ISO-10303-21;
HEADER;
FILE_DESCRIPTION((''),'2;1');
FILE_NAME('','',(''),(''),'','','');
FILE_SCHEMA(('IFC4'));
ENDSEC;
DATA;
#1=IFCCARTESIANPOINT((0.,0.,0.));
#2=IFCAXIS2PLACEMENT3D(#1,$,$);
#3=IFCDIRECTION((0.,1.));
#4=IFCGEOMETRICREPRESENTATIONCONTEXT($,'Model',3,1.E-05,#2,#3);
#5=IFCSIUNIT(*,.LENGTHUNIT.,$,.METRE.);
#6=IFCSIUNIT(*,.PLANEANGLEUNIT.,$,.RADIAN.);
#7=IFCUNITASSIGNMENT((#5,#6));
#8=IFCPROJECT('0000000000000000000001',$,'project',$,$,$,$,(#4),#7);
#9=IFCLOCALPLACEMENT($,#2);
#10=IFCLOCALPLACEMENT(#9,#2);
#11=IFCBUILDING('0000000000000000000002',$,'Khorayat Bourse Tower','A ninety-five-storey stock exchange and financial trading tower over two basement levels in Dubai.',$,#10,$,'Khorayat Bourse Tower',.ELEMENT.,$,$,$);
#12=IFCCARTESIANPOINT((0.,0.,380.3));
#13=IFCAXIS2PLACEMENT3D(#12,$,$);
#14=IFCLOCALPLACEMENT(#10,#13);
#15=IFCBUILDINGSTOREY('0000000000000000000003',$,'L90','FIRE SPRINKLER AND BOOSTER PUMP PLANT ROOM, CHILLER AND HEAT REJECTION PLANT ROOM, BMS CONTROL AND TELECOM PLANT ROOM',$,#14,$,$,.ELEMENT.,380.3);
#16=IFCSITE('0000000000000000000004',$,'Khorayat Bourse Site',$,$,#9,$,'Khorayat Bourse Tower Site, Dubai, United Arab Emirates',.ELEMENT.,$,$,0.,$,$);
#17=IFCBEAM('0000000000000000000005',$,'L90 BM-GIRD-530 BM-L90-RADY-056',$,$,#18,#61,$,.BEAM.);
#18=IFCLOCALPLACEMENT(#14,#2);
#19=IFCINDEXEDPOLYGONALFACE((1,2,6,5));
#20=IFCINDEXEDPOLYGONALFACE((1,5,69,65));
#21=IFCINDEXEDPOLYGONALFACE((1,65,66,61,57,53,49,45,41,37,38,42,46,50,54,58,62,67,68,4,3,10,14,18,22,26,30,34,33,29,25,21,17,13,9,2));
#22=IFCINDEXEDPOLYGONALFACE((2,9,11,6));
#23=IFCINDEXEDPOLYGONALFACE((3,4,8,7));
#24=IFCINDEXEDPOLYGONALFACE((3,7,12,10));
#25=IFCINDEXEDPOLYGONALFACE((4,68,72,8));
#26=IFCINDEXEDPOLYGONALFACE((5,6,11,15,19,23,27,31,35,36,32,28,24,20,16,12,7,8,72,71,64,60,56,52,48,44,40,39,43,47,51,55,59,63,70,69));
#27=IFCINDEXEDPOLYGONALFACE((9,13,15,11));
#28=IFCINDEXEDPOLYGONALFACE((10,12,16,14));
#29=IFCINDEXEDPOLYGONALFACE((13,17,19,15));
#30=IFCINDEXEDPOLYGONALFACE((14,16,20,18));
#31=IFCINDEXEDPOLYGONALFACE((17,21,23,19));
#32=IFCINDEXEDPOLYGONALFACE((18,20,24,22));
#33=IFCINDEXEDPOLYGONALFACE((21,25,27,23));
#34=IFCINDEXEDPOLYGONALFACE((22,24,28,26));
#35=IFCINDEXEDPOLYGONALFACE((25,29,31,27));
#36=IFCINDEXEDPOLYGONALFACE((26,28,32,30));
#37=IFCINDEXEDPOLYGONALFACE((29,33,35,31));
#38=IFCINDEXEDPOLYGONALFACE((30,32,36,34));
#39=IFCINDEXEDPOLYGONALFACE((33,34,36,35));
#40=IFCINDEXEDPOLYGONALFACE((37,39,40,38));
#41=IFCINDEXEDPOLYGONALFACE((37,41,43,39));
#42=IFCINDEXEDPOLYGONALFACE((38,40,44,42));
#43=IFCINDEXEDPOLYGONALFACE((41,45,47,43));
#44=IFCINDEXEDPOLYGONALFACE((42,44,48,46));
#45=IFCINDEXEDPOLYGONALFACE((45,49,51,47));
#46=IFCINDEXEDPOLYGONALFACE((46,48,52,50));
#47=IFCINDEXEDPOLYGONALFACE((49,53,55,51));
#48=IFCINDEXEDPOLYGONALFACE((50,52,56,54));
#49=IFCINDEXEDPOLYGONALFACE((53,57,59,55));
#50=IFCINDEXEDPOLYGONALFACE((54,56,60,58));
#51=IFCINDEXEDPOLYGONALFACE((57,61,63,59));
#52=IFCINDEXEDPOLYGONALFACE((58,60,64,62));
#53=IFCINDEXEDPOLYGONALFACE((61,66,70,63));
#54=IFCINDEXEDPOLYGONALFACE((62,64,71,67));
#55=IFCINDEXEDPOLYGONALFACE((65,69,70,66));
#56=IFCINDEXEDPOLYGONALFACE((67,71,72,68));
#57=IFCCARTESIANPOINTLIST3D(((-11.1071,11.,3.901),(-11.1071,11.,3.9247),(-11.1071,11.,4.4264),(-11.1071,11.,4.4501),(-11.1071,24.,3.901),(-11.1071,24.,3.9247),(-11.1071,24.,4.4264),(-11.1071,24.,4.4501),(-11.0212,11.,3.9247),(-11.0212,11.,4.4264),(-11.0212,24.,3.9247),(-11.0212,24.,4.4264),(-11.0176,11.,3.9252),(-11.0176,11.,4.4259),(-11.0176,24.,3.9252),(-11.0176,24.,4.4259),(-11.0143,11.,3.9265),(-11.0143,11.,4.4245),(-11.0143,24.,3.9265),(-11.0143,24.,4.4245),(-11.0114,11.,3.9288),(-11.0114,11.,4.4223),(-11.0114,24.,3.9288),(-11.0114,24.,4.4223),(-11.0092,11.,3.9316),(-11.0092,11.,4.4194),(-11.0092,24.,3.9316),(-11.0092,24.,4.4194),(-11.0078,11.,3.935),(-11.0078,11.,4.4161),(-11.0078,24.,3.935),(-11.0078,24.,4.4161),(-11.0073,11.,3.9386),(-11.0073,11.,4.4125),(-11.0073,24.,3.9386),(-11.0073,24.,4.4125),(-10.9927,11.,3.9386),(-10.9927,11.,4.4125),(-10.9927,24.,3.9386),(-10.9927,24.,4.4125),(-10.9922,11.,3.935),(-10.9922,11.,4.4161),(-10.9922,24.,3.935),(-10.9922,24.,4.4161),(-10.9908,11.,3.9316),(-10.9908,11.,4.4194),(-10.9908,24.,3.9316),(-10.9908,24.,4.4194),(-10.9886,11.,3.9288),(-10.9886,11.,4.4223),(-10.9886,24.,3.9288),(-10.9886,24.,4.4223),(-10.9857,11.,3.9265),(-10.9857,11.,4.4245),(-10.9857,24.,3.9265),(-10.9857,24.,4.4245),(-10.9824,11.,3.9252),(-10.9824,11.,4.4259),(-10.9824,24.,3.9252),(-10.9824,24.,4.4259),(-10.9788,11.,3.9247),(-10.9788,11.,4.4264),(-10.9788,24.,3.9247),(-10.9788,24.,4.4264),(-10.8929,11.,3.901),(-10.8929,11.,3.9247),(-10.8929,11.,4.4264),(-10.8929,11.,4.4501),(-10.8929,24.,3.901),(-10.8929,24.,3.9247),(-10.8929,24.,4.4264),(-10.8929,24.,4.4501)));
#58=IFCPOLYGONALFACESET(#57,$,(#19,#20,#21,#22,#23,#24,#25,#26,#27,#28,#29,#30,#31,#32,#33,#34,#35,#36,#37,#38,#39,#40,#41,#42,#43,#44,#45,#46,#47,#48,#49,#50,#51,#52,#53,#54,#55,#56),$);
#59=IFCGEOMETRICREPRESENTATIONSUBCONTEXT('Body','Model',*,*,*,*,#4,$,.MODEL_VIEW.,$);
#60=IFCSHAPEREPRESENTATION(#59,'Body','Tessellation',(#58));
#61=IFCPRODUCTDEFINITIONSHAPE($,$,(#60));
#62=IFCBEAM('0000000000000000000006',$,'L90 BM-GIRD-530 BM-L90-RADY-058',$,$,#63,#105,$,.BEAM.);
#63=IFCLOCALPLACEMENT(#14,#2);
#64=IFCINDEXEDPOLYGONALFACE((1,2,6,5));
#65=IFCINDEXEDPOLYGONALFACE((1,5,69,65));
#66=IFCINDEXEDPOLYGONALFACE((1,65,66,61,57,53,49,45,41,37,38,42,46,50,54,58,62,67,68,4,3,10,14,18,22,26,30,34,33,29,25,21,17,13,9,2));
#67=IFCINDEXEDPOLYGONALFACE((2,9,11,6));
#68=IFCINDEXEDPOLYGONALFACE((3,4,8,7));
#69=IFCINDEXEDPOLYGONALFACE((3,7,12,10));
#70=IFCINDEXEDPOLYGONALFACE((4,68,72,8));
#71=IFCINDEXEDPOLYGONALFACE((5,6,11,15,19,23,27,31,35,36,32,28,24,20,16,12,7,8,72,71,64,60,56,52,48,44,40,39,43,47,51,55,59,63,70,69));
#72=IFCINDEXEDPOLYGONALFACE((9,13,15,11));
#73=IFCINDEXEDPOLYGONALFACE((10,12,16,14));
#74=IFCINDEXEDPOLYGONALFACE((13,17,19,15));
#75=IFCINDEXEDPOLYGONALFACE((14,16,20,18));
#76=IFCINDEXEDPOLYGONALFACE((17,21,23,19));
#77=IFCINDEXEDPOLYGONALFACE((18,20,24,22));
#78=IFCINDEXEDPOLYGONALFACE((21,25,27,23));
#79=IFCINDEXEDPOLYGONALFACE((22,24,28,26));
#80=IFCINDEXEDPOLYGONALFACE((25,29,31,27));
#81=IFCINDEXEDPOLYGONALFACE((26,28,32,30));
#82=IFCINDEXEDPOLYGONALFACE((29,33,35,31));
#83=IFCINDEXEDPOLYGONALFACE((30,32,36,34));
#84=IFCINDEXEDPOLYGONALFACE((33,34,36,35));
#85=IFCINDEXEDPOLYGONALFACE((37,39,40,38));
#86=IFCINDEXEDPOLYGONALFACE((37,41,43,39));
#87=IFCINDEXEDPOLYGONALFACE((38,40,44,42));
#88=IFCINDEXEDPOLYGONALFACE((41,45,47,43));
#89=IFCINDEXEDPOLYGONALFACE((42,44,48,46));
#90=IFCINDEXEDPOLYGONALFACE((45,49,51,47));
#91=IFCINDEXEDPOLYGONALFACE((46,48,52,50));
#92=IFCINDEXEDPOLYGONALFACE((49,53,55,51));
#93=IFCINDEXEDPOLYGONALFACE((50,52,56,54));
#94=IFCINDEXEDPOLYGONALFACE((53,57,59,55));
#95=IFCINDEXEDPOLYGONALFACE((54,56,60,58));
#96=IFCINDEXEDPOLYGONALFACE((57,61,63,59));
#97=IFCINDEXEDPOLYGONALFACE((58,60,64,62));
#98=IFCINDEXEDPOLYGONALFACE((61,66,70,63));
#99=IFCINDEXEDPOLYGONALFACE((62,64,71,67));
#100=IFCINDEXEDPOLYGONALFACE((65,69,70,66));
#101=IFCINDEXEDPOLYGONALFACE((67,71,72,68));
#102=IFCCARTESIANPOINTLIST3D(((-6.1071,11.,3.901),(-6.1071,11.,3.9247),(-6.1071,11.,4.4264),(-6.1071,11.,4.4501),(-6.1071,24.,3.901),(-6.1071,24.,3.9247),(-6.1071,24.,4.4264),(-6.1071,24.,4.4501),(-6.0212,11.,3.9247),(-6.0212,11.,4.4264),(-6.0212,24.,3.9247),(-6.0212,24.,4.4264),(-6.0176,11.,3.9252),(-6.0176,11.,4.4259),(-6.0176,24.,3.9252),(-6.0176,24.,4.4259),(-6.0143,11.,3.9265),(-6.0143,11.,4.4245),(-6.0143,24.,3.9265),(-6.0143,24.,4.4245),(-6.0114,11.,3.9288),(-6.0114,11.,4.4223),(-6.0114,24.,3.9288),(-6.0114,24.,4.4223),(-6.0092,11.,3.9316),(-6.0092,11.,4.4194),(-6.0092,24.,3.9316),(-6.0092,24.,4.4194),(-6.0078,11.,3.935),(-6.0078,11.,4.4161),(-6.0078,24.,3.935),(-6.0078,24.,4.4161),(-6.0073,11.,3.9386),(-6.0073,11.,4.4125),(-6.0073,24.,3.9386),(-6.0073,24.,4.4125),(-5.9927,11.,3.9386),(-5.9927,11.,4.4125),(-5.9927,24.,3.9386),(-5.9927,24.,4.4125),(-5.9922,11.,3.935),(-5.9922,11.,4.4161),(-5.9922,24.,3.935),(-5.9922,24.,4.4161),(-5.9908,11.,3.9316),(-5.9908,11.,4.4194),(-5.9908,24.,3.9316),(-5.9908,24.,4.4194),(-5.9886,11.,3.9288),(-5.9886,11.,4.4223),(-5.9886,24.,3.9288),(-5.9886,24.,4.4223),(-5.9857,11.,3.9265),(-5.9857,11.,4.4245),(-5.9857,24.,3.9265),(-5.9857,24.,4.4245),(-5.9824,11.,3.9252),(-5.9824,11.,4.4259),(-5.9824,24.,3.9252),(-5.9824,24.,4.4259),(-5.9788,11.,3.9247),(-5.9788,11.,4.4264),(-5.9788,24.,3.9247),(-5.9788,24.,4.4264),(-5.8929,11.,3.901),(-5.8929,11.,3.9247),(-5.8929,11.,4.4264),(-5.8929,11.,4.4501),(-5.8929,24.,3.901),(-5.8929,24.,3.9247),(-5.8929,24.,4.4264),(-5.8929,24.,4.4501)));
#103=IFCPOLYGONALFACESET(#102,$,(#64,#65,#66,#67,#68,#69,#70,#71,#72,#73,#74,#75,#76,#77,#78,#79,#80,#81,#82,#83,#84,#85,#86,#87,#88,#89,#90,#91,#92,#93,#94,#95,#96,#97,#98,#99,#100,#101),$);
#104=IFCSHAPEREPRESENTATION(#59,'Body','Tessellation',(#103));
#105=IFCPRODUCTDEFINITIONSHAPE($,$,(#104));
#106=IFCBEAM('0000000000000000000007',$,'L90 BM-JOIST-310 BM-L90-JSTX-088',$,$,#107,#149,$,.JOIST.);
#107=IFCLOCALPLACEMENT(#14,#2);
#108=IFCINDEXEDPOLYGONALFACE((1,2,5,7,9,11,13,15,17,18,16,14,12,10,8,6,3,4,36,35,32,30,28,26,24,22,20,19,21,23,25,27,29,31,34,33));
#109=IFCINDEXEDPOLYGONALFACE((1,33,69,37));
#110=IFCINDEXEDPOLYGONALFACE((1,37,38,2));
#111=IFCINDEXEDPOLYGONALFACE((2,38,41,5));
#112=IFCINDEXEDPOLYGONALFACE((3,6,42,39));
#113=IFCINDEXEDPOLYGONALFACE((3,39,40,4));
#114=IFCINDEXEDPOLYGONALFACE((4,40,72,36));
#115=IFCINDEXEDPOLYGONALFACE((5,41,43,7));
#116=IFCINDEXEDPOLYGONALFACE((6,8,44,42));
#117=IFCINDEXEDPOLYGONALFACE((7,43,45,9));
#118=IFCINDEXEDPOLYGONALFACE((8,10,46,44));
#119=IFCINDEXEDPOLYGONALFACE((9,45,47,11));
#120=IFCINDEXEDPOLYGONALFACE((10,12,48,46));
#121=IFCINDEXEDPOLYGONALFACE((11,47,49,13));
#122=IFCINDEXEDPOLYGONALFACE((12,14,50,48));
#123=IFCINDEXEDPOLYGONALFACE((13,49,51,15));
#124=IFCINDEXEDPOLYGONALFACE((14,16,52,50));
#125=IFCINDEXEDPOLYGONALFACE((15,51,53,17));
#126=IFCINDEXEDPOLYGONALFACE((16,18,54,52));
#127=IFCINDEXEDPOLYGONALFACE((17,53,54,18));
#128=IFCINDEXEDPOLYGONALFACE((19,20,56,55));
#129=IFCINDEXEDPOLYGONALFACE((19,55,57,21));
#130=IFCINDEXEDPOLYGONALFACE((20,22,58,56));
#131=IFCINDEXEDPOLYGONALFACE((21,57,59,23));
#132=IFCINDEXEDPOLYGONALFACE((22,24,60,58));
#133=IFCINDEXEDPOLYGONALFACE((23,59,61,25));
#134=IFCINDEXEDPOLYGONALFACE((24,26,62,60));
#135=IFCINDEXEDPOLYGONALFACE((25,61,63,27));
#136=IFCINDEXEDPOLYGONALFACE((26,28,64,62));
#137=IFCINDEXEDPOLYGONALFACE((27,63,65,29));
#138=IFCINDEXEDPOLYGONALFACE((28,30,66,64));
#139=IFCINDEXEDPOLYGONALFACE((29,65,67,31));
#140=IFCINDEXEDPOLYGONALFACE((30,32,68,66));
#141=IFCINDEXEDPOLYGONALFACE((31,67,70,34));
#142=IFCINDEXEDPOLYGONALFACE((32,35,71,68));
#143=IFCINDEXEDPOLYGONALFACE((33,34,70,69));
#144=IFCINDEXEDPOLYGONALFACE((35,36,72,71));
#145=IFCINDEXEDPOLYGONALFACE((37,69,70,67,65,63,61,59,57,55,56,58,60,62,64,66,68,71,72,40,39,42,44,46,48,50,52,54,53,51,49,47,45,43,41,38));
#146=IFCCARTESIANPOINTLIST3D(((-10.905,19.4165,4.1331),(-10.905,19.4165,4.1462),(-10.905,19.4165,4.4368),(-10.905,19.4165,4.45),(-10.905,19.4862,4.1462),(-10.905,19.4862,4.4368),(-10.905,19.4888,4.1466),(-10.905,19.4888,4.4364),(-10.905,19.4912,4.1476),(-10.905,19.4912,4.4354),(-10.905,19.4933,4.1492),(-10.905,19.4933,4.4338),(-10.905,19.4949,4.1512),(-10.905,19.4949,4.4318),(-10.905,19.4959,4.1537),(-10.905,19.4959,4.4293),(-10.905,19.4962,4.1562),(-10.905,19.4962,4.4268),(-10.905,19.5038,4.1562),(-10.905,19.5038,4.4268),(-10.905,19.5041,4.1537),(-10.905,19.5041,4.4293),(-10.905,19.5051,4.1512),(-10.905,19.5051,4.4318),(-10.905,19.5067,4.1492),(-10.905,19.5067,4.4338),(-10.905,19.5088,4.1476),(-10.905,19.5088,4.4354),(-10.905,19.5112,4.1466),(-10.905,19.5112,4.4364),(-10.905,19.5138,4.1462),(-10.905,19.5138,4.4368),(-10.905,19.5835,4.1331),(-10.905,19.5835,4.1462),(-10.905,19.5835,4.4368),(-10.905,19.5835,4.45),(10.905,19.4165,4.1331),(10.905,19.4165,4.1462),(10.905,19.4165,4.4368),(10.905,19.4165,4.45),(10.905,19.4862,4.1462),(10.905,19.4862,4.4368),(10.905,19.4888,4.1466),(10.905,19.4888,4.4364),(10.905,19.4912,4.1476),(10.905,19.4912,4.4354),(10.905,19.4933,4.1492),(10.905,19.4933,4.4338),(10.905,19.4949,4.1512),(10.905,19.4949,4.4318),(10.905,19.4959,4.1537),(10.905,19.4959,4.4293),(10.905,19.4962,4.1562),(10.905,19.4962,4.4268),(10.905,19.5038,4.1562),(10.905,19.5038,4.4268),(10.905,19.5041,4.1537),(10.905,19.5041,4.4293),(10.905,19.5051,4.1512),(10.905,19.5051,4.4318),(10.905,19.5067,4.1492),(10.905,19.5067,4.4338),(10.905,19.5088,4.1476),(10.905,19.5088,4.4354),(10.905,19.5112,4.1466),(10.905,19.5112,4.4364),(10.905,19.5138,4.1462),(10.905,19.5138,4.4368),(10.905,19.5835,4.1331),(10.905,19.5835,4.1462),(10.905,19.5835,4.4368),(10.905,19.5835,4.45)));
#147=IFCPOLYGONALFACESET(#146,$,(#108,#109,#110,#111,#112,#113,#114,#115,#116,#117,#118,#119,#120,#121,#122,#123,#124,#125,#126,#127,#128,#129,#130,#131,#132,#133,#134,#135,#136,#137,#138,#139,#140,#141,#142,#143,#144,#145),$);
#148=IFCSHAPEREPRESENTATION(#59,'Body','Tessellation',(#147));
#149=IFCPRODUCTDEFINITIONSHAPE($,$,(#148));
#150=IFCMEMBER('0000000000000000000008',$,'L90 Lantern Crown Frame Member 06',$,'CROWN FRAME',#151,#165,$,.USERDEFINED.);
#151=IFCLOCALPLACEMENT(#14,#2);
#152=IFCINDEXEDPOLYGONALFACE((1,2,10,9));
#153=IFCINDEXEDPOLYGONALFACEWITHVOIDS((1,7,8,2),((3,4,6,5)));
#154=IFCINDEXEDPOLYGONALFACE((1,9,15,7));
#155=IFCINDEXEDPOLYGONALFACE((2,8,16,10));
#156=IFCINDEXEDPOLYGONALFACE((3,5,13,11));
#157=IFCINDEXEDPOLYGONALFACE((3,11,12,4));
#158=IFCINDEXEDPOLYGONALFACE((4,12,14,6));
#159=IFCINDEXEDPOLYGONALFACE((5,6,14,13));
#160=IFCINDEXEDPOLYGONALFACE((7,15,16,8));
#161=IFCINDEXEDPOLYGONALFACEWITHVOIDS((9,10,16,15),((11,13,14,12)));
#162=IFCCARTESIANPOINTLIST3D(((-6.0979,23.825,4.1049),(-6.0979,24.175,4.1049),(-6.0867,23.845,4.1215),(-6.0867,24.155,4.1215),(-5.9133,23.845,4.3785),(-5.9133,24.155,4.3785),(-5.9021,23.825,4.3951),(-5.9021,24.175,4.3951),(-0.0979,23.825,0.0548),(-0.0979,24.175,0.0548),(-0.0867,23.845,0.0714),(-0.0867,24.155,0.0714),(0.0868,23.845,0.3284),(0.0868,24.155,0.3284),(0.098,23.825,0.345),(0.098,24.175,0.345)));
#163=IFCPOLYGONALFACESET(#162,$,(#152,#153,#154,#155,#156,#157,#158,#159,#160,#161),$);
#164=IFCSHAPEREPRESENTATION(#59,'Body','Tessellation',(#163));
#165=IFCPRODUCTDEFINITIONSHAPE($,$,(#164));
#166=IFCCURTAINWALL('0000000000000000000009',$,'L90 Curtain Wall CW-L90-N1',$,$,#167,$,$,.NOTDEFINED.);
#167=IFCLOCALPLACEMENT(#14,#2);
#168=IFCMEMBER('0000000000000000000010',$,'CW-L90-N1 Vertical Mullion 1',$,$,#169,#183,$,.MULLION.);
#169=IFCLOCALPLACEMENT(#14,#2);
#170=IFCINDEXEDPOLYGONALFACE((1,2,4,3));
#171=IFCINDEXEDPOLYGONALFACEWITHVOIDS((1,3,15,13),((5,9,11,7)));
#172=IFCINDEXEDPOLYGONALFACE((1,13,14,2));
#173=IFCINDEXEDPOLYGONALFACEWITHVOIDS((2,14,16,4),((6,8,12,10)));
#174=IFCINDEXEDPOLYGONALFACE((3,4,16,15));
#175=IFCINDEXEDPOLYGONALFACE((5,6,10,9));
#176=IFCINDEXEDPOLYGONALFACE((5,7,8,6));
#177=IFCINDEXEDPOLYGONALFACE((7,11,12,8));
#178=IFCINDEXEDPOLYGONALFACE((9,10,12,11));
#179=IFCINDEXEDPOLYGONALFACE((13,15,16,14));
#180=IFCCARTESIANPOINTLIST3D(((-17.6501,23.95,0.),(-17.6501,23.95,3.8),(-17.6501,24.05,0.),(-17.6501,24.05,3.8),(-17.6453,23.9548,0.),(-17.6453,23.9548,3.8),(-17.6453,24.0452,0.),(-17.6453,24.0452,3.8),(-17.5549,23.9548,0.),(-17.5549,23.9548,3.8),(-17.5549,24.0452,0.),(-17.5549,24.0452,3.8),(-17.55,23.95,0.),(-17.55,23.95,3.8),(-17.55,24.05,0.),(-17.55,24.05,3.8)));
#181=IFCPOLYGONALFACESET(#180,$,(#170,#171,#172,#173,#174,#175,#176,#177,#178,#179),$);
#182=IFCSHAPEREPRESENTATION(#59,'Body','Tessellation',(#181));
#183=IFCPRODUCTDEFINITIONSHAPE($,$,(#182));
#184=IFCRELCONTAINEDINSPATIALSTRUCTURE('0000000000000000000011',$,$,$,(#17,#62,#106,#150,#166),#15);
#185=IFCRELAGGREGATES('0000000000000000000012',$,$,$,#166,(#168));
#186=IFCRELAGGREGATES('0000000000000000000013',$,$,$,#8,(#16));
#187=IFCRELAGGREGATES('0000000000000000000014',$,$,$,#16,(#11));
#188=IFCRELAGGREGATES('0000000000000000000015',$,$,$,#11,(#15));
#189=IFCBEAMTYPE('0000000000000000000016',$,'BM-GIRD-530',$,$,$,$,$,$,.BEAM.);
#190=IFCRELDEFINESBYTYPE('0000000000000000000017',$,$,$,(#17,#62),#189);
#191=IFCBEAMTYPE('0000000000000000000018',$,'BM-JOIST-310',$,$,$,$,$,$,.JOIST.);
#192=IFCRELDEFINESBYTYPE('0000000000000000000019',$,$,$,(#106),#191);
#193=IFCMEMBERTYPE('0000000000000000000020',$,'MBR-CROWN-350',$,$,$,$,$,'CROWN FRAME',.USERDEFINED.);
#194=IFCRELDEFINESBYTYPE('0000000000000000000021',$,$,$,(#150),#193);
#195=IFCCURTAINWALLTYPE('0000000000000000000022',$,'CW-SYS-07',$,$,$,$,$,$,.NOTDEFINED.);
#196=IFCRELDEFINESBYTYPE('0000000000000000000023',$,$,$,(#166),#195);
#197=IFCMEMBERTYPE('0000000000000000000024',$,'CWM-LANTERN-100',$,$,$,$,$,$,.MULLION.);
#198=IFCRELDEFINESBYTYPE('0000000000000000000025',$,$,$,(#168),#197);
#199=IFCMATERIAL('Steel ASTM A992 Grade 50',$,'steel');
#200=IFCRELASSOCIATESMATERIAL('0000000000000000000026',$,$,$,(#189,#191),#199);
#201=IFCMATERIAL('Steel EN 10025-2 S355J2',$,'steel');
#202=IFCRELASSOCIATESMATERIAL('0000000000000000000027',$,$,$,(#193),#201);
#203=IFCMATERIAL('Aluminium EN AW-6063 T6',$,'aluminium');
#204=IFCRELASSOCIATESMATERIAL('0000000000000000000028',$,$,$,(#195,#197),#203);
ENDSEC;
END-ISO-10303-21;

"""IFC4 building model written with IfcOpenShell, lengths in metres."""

from ifc_helpers import new_model, si_unit, direction, frame, origin, origin_2d, place, context, subcontext, project, spatial, hollow_rectangle, i_section, extrude, source, transform, mapped, material, material_profile, profile_set, type_object, element, aggregate, save


model = new_model("IFC4")

# Units and contexts
model_context = context("Model", 3, precision=1e-05, world=origin(), true_north=direction((0.0, 1.0)))
body_context = subcontext(model_context, "Body", "Model", "MODEL_VIEW")
ifc_project = project(units=[si_unit("LENGTHUNIT", "METRE"), si_unit("PLANEANGLEUNIT", "RADIAN")], contexts=[model_context])

# Site, building, storey
site_placement = place(None, origin())
site = spatial("IfcSite", under=ifc_project, at=site_placement, Name="Khorayat Bourse Site", LongName="Khorayat Bourse Tower Site, Dubai, United Arab Emirates", CompositionType="ELEMENT", RefElevation=0.0)
building_placement = place(site_placement, origin())
building = spatial("IfcBuilding", under=site, at=building_placement, Name="Khorayat Bourse Tower", Description="A ninety-five-storey stock exchange and financial trading tower over two basement levels in Dubai.", LongName="Khorayat Bourse Tower", CompositionType="ELEMENT")
storey_placement = place(building_placement, frame((0.0, 0.0, 380.3)))
storey = spatial("IfcBuildingStorey", under=building, at=storey_placement, Name="L90", Description="FIRE SPRINKLER AND BOOSTER PUMP PLANT ROOM, CHILLER AND HEAT REJECTION PLANT ROOM, BMS CONTROL AND TELECOM PLANT ROOM", CompositionType="ELEMENT", Elevation=380.3)

# Shared definitions
ifc_material_1 = material(Name="Steel EN 10025-2 S355J2", Category="steel")

# Beams
ifc_material_2 = material(Name="Steel ASTM A992 Grade 50", Category="steel")
ifc_material_profile_1 = material_profile(ifc_material_2, i_section(OverallWidth=0.2141, OverallDepth=0.5491, WebThickness=0.0146, FlangeThickness=0.0237, FilletRadius=0.0139, at=origin_2d()), Name="W530X138")
ifc_profile_set_1 = profile_set([ifc_material_profile_1], Name="Steel ASTM A992 Grade 50")
beam_type_1 = type_object("IfcBeamType", Name="BM-GIRD-530", PredefinedType="BEAM", material=ifc_profile_set_1)
shared_shape_1 = source(origin(), body_context, "Body", "SweptSolid", [
    extrude(i_section(OverallWidth=0.2141, OverallDepth=0.5491, WebThickness=0.0146, FlangeThickness=0.0237, FilletRadius=0.0139, at=origin_2d()), origin(), (0.0, 0.0, 1.0), 13.0),
])
for number, where, z_axis, x_axis, name in (
    (1, (-11.0, 11.0, 4.1755), (0.0, 1.0, 0.0), (-1.0, 0.0, 0.0), "L90 BM-GIRD-530 BM-L90-RADY-056"),
    (2, (-6.0, 11.0, 4.1755), (0.0, 1.0, 0.0), (-1.0, 0.0, 0.0), "L90 BM-GIRD-530 BM-L90-RADY-058"),
):
    element("IfcBeam", number, at=place(storey_placement, frame(where, z_axis=z_axis, x_axis=x_axis)), inside=storey, type_object=beam_type_1, Name=name, PredefinedType="BEAM", context=body_context, shape_type="MappedRepresentation", body=[
        mapped(shared_shape_1, transform((0.0, 0.0, 0.0), scale=1.0)),
    ])
ifc_material_profile_2 = material_profile(ifc_material_2, i_section(OverallWidth=0.167, OverallDepth=0.3169, WebThickness=0.0076, FlangeThickness=0.0132, FilletRadius=0.01, at=origin_2d()), Name="W310X52")
ifc_profile_set_2 = profile_set([ifc_material_profile_2], Name="Steel ASTM A992 Grade 50")
beam_type_2 = type_object("IfcBeamType", Name="BM-JOIST-310", PredefinedType="JOIST", material=ifc_profile_set_2)
shared_shape_2 = source(origin(), body_context, "Body", "SweptSolid", [
    extrude(i_section(OverallWidth=0.167, OverallDepth=0.3169, WebThickness=0.0076, FlangeThickness=0.0132, FilletRadius=0.01, at=origin_2d()), origin(), (0.0, 0.0, 1.0), 21.8101),
])
beam_1_placement = place(storey_placement, frame((-10.905, 19.5, 4.2915), z_axis=(1.0, 0.0, 0.0), x_axis=(0.0, 1.0, 0.0)))
element("IfcBeam", 3, at=beam_1_placement, inside=storey, type_object=beam_type_2, Name="L90 BM-JOIST-310 BM-L90-JSTX-088", PredefinedType="JOIST", context=body_context, shape_type="MappedRepresentation", body=[
    mapped(shared_shape_2, transform((0.0, 0.0, 0.0), scale=1.0)),
])

# Member
ifc_material_profile_3 = material_profile(ifc_material_1, hollow_rectangle(XDim=0.3501, YDim=0.3501, WallThickness=0.02, at=origin_2d()), Name="HSS 350x350x20")
ifc_profile_set_3 = profile_set([ifc_material_profile_3], Name="Steel EN 10025-2 S355J2")
member_type_1 = type_object("IfcMemberType", Name="MBR-CROWN-350", ElementType="CROWN FRAME", PredefinedType="USERDEFINED", material=ifc_profile_set_3)
shared_shape_3 = source(origin(), body_context, "Body", "SweptSolid", [
    extrude(hollow_rectangle(XDim=0.3501, YDim=0.3501, WallThickness=0.02, at=origin_2d()), origin(), (0.0, 0.0, 1.0), 7.239),
])
member_1_placement = place(storey_placement, frame((-6.0, 24.0, 4.25), z_axis=(0.828846, 0.0, -0.559477), x_axis=(0.0, 1.0, 0.0)))
element("IfcMember", 4, at=member_1_placement, inside=storey, type_object=member_type_1, Name="L90 Lantern Crown Frame Member 06", ObjectType="CROWN FRAME", PredefinedType="USERDEFINED", context=body_context, shape_type="MappedRepresentation", body=[
    mapped(shared_shape_3, transform((0.0, 0.0, 0.0), scale=1.0)),
])

# Curtain wall, member
ifc_material_3 = material(Name="Aluminium EN AW-6063 T6", Category="aluminium")
curtain_wall_type = type_object("IfcCurtainWallType", Name="CW-SYS-07", PredefinedType="NOTDEFINED", material=ifc_material_3)
curtain_wall_placement = place(storey_placement, origin())
curtain_wall = element("IfcCurtainWall", 5, at=curtain_wall_placement, inside=storey, type_object=curtain_wall_type, Name="L90 Curtain Wall CW-L90-N1", PredefinedType="NOTDEFINED")
ifc_material_profile_4 = material_profile(ifc_material_3, hollow_rectangle(XDim=0.1001, YDim=0.1001, WallThickness=0.0049, at=origin_2d()), Name="ALU 100x100x5")
ifc_profile_set_4 = profile_set([ifc_material_profile_4], Name="Aluminium EN AW-6063 T6")
member_type_2 = type_object("IfcMemberType", Name="CWM-LANTERN-100", PredefinedType="MULLION", material=ifc_profile_set_4)
shared_shape_4 = source(origin(), body_context, "Body", "SweptSolid", [
    extrude(hollow_rectangle(XDim=0.1001, YDim=0.1001, WallThickness=0.0049, at=origin_2d()), origin(), (0.0, 0.0, 1.0), 3.8),
])
member_2_placement = place(storey_placement, frame((-17.6001, 24.0, 0.0), z_axis=(0.0, 0.0, 1.0), x_axis=(0.0, 1.0, 0.0)))
member_2 = element("IfcMember", 6, at=member_2_placement, type_object=member_type_2, Name="CW-L90-N1 Vertical Mullion 1", PredefinedType="MULLION", context=body_context, shape_type="MappedRepresentation", body=[
    mapped(shared_shape_4, transform((0.0, 0.0, 0.0), scale=1.0)),
])

aggregate(curtain_wall, [member_2])

save(model, "model.ifc")
